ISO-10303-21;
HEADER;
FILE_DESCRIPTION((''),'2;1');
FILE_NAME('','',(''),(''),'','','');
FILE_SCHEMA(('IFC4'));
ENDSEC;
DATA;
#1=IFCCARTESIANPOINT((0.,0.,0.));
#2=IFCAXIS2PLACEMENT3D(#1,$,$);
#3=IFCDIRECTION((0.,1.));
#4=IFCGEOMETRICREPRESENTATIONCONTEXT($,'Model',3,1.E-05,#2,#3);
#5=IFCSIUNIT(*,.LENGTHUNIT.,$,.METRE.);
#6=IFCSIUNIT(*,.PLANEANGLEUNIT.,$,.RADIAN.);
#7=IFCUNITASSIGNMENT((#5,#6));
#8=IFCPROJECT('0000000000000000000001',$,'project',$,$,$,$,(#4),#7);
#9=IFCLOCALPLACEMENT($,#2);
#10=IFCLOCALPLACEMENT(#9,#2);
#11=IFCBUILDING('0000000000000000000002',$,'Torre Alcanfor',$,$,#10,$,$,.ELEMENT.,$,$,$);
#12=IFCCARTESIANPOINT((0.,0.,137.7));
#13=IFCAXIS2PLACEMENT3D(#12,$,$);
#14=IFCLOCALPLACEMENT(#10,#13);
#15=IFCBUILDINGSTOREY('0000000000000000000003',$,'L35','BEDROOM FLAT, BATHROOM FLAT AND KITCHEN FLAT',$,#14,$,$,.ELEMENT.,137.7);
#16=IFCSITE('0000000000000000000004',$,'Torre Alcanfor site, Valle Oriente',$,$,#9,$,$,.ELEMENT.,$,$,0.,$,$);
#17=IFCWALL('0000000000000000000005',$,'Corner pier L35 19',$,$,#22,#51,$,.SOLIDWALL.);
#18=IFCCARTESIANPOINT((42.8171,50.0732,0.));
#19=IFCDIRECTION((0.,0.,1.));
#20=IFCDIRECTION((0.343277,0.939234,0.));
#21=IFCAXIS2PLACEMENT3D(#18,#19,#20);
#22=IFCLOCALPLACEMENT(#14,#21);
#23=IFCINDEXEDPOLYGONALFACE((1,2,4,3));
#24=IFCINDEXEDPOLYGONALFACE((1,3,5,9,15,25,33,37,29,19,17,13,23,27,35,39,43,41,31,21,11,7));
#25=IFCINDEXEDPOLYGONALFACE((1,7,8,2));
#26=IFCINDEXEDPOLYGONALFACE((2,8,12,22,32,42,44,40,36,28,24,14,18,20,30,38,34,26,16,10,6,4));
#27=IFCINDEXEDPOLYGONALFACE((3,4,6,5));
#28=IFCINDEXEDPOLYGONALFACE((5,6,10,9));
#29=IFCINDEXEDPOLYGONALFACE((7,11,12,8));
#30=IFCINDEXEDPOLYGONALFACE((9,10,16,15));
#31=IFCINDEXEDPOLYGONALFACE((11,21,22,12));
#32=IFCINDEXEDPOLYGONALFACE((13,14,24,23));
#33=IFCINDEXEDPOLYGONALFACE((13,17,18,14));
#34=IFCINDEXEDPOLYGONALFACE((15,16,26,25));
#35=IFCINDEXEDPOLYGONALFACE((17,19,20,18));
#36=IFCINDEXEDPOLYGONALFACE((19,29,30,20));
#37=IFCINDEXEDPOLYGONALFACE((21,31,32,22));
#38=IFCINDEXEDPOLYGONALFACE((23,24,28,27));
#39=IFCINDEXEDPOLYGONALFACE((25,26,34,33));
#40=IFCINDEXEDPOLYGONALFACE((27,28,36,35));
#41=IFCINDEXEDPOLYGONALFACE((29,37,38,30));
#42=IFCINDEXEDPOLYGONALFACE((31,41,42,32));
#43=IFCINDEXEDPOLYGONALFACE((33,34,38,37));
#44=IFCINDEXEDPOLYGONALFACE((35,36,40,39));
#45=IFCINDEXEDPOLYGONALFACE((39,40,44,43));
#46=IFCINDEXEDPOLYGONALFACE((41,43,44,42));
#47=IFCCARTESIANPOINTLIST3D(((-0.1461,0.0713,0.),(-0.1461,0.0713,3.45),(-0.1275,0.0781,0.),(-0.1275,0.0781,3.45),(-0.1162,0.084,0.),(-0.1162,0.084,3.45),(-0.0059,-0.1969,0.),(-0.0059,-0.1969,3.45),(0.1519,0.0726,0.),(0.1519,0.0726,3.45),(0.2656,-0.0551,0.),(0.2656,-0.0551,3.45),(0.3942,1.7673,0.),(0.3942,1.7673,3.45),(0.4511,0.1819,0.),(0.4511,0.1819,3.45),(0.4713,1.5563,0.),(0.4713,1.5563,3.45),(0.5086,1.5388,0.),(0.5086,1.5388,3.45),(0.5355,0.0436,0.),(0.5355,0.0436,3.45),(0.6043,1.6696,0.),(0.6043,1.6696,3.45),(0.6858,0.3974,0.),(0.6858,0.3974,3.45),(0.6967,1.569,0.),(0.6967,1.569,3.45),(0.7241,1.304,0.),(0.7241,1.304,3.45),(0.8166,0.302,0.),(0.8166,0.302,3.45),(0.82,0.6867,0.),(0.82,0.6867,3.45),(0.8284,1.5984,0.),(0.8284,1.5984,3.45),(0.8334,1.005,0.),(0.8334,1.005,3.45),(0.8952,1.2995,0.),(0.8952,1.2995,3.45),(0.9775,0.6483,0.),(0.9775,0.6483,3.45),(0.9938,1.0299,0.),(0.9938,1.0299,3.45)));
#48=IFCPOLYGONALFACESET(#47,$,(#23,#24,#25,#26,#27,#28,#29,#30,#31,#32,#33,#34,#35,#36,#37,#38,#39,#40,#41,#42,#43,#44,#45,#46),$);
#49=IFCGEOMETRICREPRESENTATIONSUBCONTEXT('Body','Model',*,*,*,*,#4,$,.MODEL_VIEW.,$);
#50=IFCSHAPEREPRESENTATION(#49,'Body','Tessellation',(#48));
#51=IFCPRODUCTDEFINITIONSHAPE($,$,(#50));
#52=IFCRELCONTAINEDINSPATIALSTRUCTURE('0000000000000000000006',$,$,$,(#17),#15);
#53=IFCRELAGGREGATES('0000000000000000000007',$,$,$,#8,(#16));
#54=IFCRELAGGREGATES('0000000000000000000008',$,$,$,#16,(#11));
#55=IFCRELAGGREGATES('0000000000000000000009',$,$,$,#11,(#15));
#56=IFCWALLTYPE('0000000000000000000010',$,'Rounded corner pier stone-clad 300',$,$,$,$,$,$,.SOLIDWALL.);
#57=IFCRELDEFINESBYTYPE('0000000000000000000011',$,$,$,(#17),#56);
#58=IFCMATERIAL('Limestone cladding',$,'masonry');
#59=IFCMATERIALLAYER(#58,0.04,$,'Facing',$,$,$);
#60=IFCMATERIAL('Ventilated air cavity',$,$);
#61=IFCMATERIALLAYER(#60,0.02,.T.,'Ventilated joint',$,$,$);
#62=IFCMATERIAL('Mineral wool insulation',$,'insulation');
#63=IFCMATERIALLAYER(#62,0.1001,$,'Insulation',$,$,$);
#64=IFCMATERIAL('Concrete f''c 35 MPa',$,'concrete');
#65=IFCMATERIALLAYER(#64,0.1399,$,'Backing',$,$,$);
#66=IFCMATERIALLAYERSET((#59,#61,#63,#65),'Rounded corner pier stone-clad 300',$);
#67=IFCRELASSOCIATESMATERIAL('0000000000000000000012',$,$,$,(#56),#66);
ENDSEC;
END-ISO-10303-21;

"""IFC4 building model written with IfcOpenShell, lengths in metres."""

from ifc_helpers import new_model, si_unit, direction, frame, origin, place, context, subcontext, project, spatial, polyline, outline, extrude, material, layer, layer_set, type_object, element, save


model = new_model("IFC4")

# Units and contexts
model_context = context("Model", 3, precision=1e-05, world=origin(), true_north=direction((0.0, 1.0)))
body_context = subcontext(model_context, "Body", "Model", "MODEL_VIEW")
ifc_project = project(units=[si_unit("LENGTHUNIT", "METRE"), si_unit("PLANEANGLEUNIT", "RADIAN")], contexts=[model_context])

# Site, building, storey
site_placement = place(None, origin())
site = spatial("IfcSite", under=ifc_project, at=site_placement, Name="Torre Alcanfor site, Valle Oriente", CompositionType="ELEMENT", RefElevation=0.0)
building_placement = place(site_placement, origin())
building = spatial("IfcBuilding", under=site, at=building_placement, Name="Torre Alcanfor", CompositionType="ELEMENT")
storey_placement = place(building_placement, frame((0.0, 0.0, 137.7)))
storey = spatial("IfcBuildingStorey", under=building, at=storey_placement, Name="L35", Description="BEDROOM FLAT, BATHROOM FLAT AND KITCHEN FLAT", CompositionType="ELEMENT", Elevation=137.7)

# Shared definitions
ifc_material_1 = material(Name="Limestone cladding", Category="masonry")
ifc_material_2 = material(Name="Ventilated air cavity")
ifc_material_3 = material(Name="Mineral wool insulation", Category="insulation")
ifc_material_4 = material(Name="Concrete f'c 35 MPa", Category="concrete")

# Wall
ifc_layer_1 = layer(ifc_material_1, 0.04, Name="Facing")
ifc_layer_2 = layer(ifc_material_2, 0.02, ventilated=True, Name="Ventilated joint")
ifc_layer_3 = layer(ifc_material_3, 0.1001, Name="Insulation")
ifc_layer_4 = layer(ifc_material_4, 0.1399, Name="Backing")
ifc_layer_set_1 = layer_set([ifc_layer_1, ifc_layer_2, ifc_layer_3, ifc_layer_4], Name="Rounded corner pier stone-clad 300")
wall_type_1 = type_object("IfcWallType", Name="Rounded corner pier stone-clad 300", PredefinedType="SOLIDWALL", material=ifc_layer_set_1)
wall_1_placement = place(storey_placement, frame((42.8171, 50.0732, 0.0), z_axis=(0.0, 0.0, 1.0), x_axis=(0.343277, 0.939234, 0.0)))
element("IfcWall", 1, at=wall_1_placement, inside=storey, type_object=wall_type_1, Name="Corner pier L35 19", PredefinedType="SOLIDWALL", context=body_context, shape_type="SweptSolid", body=[
    extrude(outline(polyline([(0.2656, -0.0551), (0.5355, 0.0436), (0.8166, 0.302), (0.9775, 0.6483), (0.9938, 1.0299), (0.8952, 1.2995), (0.8284, 1.5984), (0.6967, 1.569), (0.6043, 1.6696), (0.3942, 1.7673), (0.4713, 1.5563), (0.5086, 1.5388), (0.7241, 1.304), (0.8334, 1.005), (0.82, 0.6867), (0.6858, 0.3974), (0.4511, 0.1819), (0.1519, 0.0726), (-0.1162, 0.084), (-0.1275, 0.0781), (-0.1461, 0.0713), (-0.0059, -0.1969), (0.2656, -0.0551)])), origin(), (0.0, 0.0, 1.0), 3.45),
])

save(model, "model.ifc")
